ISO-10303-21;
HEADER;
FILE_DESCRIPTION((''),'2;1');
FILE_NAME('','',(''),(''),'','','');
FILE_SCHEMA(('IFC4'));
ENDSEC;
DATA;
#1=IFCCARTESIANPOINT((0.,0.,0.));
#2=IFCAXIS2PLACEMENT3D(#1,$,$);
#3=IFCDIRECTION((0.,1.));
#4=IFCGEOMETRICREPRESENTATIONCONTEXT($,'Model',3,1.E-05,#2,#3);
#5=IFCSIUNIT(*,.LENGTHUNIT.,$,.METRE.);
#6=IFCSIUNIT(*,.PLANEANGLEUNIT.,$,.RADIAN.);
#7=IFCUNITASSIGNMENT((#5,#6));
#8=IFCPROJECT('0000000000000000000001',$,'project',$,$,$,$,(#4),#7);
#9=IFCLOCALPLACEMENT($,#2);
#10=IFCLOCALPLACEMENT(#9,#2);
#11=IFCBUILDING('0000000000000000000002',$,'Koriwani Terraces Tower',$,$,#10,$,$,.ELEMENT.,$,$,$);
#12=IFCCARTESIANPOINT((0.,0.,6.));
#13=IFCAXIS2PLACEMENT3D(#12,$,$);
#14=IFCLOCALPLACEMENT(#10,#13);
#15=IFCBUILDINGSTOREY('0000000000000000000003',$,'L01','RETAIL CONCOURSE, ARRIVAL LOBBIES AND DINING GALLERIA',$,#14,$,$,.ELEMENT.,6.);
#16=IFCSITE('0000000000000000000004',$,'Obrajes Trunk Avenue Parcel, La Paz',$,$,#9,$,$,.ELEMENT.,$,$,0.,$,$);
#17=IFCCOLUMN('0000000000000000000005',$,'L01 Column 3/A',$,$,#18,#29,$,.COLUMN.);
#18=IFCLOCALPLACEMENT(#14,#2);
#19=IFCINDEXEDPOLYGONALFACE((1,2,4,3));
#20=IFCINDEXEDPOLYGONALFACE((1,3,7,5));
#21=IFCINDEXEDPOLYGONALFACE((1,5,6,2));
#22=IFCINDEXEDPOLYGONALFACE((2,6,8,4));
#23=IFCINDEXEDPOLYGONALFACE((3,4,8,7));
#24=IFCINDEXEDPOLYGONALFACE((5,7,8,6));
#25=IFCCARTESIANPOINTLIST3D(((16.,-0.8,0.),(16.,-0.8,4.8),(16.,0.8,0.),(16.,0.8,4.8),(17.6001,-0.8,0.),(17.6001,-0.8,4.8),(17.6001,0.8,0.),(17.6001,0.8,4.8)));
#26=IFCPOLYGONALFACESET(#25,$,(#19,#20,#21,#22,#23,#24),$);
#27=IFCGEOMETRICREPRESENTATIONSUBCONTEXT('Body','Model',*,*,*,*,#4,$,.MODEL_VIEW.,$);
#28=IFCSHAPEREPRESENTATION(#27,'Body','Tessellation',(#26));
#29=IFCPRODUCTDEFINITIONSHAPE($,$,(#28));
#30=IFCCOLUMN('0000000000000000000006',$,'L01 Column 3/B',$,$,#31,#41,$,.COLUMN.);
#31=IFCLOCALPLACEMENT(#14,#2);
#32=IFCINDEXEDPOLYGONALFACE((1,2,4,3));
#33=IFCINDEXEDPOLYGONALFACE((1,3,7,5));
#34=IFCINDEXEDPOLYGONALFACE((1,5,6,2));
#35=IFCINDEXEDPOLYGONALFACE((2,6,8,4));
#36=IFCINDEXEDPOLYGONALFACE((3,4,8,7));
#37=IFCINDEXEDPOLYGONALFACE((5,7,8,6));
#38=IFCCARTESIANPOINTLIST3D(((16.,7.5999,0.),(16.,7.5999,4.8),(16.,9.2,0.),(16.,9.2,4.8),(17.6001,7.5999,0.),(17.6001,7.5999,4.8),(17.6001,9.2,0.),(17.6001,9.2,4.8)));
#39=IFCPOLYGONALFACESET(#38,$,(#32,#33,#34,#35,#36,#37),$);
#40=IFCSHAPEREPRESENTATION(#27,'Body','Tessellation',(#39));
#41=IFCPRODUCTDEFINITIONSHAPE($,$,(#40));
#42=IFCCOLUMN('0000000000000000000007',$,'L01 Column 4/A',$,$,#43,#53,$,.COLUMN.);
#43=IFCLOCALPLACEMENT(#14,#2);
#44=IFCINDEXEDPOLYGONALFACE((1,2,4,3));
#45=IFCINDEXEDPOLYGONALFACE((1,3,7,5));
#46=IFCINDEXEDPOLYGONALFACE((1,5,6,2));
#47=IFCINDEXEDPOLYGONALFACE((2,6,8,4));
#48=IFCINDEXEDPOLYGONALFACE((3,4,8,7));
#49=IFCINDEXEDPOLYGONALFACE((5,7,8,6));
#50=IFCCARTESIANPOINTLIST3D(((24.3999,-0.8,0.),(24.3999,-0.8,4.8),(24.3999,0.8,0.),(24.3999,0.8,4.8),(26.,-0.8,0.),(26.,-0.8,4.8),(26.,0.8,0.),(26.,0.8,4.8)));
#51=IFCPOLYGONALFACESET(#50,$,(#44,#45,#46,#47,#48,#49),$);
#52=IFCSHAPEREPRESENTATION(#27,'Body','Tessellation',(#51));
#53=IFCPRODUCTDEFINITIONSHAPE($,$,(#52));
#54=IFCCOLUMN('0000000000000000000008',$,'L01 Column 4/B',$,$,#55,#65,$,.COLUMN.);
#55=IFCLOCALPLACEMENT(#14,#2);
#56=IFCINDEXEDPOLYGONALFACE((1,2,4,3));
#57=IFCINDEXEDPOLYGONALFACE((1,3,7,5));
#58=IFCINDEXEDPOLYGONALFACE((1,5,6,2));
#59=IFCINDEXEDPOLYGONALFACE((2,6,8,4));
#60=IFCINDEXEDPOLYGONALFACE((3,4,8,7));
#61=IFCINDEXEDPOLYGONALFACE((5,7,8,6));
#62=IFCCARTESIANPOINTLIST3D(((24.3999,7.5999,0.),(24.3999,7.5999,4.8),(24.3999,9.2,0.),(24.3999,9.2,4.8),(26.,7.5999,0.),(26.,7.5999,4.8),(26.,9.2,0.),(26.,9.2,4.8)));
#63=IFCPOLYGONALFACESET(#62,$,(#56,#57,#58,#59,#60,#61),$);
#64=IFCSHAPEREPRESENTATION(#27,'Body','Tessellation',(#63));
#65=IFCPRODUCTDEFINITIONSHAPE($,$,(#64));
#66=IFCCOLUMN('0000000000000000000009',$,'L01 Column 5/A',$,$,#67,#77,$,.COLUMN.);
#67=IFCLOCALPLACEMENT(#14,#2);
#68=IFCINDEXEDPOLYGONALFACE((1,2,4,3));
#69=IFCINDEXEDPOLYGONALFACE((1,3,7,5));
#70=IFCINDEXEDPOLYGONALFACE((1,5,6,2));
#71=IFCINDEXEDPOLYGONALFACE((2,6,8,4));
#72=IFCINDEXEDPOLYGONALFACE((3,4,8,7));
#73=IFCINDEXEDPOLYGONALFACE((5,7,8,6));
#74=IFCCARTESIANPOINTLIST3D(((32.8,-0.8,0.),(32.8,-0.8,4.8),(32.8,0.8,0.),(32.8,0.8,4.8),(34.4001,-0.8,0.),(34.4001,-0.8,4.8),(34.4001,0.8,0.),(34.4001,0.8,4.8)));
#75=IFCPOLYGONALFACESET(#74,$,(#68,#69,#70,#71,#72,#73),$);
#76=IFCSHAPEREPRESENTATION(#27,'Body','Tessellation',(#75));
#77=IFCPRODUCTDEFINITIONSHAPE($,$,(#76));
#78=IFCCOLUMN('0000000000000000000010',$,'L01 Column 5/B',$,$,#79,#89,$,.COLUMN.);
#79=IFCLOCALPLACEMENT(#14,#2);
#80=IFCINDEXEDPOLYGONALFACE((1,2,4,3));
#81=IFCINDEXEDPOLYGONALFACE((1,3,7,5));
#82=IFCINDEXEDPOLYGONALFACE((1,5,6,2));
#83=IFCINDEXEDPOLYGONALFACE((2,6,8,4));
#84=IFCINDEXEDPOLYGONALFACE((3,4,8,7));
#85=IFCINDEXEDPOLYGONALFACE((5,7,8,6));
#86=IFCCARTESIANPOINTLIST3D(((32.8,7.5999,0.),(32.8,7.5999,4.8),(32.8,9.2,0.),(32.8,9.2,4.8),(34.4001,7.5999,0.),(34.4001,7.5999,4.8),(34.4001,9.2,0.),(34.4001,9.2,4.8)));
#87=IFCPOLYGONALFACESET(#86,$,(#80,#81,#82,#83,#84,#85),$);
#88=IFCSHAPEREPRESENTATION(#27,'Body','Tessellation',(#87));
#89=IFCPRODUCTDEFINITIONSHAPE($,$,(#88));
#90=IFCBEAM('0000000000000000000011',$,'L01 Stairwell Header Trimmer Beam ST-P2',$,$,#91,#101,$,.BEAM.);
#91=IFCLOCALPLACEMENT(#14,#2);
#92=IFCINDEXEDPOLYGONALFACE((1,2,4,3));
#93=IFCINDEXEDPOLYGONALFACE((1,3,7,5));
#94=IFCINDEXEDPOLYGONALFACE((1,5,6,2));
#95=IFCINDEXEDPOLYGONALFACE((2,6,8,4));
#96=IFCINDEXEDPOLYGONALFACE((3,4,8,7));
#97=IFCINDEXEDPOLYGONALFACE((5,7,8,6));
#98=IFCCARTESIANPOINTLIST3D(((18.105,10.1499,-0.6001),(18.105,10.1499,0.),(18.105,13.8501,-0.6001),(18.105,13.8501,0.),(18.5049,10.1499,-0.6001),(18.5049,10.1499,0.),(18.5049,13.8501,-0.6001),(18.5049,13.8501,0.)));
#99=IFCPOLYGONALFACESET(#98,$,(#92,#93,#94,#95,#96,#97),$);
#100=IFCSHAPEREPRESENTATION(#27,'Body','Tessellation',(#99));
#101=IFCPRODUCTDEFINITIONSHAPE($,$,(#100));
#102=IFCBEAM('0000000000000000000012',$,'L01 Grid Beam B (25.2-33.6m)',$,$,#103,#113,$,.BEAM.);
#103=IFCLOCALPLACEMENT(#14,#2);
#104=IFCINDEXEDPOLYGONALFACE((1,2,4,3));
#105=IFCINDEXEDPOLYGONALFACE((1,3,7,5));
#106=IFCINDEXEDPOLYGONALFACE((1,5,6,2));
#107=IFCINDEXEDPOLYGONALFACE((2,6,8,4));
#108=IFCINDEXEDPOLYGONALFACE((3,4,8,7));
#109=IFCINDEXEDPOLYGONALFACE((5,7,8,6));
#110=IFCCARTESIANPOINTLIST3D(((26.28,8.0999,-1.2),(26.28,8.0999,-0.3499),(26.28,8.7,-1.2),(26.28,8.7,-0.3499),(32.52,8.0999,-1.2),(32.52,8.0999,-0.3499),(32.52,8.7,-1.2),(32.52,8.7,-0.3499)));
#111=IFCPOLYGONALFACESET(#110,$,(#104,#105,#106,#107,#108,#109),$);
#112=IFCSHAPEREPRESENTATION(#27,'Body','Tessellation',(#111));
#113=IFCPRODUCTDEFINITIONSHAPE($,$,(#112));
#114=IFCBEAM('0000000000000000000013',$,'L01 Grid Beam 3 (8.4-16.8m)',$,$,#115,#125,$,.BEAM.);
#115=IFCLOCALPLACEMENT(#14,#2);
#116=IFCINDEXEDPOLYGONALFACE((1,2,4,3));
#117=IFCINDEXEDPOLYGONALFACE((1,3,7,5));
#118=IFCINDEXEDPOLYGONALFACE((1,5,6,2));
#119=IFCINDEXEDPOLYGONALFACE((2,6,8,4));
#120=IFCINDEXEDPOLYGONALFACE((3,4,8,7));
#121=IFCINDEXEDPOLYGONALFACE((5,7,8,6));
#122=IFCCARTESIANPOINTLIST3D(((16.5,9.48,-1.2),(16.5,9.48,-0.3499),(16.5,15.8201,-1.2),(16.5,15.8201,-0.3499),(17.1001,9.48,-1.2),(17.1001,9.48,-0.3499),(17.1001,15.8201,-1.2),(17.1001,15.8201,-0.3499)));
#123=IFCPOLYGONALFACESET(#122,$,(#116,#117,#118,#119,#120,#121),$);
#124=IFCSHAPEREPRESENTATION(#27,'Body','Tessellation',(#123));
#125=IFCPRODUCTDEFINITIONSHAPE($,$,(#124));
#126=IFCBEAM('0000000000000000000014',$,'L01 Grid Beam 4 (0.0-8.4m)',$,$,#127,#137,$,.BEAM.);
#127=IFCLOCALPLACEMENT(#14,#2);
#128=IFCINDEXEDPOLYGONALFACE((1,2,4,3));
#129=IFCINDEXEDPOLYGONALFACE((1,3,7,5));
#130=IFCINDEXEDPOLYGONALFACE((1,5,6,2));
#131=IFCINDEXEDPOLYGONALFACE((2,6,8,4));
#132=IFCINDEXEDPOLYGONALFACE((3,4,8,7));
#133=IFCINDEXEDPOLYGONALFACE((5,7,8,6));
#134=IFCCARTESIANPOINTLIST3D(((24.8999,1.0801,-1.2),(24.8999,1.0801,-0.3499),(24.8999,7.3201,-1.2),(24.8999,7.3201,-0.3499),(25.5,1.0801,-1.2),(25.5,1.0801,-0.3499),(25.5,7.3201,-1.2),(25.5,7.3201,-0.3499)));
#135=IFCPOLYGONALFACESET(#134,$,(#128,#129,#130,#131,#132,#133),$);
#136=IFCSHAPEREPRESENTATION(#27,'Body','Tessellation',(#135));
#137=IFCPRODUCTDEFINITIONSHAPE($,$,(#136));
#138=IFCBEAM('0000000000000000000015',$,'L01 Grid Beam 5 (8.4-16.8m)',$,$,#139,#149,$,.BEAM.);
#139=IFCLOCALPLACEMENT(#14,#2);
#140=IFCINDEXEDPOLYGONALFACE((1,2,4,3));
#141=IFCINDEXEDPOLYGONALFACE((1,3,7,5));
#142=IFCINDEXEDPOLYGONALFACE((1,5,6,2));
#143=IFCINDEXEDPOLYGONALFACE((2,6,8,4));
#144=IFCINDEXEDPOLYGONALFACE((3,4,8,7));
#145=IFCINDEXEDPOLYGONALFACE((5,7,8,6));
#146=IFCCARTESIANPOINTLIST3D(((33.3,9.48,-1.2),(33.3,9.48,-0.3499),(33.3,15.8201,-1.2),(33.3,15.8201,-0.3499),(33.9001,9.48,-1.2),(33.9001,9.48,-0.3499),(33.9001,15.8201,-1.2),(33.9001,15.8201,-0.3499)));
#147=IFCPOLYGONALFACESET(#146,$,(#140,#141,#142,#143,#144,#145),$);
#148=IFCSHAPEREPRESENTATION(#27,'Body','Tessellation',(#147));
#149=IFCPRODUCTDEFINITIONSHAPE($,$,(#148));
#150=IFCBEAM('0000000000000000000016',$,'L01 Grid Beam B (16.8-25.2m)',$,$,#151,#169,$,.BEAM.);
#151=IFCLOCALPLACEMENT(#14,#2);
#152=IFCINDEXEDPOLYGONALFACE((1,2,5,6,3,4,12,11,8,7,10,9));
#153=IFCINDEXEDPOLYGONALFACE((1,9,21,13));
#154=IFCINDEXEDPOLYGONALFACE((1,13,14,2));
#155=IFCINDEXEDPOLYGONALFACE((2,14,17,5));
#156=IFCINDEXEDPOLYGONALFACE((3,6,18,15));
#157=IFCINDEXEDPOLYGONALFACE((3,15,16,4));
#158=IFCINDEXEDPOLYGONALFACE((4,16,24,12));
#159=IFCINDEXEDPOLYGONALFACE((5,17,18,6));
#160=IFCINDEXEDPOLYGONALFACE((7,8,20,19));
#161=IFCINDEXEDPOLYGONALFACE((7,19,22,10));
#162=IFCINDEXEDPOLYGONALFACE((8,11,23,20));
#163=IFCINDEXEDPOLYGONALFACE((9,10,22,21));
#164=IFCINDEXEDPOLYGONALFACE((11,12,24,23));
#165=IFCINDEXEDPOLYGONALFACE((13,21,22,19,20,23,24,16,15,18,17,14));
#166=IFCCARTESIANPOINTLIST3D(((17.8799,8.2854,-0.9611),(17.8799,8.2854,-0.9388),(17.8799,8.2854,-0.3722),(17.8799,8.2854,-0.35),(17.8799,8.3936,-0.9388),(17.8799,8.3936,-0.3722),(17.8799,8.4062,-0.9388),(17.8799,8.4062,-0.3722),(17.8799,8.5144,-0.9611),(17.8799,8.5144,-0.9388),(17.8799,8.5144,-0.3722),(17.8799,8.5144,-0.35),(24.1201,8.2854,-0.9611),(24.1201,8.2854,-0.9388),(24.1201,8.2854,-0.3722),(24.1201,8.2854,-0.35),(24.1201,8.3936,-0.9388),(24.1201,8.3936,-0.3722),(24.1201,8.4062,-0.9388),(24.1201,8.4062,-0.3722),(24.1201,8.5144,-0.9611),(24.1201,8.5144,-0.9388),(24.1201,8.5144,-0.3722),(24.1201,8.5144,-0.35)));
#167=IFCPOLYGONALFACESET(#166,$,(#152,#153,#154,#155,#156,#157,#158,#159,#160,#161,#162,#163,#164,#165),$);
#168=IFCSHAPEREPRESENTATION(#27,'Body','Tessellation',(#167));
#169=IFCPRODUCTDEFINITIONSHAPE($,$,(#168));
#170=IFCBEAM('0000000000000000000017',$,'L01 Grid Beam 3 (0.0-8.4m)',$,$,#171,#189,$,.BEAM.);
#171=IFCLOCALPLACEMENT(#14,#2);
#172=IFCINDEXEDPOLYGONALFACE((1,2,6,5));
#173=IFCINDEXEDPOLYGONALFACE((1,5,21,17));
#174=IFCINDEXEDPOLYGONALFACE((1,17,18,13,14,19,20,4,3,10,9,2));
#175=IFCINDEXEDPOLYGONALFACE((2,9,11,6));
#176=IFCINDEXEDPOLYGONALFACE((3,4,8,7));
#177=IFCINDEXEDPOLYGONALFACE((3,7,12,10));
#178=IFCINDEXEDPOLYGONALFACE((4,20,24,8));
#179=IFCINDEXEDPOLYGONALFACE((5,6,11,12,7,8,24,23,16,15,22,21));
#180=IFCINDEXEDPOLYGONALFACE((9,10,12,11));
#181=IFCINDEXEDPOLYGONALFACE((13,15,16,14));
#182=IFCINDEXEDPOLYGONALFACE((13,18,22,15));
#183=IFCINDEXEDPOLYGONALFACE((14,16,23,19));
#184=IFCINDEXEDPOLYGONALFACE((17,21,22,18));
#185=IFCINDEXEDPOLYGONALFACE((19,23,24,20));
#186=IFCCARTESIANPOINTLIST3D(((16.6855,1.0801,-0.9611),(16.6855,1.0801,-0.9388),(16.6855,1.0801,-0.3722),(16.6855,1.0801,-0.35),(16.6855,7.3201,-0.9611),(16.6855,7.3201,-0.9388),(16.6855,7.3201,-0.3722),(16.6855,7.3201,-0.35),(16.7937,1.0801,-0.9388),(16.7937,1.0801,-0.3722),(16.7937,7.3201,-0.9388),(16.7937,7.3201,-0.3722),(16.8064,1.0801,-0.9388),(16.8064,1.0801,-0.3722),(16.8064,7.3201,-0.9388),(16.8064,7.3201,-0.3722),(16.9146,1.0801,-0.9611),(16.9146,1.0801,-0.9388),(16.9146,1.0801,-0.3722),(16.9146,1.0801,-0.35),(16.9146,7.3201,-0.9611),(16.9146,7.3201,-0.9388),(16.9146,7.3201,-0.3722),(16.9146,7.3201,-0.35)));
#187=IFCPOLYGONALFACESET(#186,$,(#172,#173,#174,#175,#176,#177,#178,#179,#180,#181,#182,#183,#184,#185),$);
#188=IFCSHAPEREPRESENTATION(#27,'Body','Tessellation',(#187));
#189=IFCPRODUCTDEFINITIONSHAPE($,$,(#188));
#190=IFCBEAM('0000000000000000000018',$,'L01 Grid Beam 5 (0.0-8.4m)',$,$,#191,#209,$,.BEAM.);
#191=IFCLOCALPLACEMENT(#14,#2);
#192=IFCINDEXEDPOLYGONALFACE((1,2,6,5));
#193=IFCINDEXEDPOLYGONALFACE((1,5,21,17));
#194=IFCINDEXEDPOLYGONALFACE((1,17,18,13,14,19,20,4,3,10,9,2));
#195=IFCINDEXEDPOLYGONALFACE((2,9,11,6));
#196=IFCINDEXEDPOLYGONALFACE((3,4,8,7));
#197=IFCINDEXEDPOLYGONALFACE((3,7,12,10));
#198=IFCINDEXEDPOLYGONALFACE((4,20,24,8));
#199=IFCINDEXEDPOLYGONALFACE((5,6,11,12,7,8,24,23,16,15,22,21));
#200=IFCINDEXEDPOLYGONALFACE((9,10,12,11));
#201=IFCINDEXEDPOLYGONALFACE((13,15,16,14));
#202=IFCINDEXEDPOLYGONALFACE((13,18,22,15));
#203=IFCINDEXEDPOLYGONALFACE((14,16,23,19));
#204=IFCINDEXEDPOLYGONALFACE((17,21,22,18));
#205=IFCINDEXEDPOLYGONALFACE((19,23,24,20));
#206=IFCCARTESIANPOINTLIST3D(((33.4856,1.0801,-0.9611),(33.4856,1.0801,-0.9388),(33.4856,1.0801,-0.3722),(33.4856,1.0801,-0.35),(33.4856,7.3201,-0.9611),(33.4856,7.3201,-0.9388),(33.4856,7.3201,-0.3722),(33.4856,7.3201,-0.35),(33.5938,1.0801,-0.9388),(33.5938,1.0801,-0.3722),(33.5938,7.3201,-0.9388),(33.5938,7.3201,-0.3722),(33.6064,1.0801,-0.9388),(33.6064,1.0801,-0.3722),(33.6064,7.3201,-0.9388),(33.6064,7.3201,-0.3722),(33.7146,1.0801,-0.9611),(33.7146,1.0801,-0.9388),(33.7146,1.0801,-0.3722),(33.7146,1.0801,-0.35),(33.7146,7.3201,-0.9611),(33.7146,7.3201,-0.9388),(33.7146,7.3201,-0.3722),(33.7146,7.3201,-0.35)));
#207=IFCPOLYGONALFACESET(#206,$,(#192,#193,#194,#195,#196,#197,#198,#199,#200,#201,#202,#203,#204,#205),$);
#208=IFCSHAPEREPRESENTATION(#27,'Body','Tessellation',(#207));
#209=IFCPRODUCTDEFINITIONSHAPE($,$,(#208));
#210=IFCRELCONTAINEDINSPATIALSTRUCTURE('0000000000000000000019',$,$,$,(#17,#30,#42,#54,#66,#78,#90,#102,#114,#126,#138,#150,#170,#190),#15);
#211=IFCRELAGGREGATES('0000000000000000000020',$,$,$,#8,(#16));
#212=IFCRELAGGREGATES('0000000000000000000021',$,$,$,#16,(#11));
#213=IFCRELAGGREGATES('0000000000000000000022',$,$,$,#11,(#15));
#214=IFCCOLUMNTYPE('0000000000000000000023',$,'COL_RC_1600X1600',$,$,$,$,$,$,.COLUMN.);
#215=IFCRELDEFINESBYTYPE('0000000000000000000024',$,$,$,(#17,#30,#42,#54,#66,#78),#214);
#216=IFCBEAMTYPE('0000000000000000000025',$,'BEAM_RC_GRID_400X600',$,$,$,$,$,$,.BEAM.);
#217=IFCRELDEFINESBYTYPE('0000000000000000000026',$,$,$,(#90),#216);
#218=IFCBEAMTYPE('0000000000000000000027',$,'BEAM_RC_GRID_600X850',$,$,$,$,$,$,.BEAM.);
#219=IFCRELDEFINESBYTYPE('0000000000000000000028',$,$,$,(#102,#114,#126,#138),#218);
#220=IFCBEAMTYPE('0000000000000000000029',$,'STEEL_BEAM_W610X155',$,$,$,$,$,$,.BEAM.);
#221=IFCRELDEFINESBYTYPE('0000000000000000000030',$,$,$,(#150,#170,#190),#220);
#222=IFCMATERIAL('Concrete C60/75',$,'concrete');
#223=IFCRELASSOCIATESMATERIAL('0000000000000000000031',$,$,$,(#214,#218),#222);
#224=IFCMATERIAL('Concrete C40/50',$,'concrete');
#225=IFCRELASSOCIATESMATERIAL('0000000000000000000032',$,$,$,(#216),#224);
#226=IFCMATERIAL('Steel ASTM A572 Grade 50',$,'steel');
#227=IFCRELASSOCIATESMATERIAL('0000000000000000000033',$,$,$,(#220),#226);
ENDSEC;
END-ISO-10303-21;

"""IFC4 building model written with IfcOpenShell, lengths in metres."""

from ifc_helpers import new_model, si_unit, direction, frame, origin, origin_2d, place, context, subcontext, project, spatial, rectangle, i_section, extrude, material, material_profile, profile_set, type_object, element, save


model = new_model("IFC4")

# Units and contexts
model_context = context("Model", 3, precision=1e-05, world=origin(), true_north=direction((0.0, 1.0)))
body_context = subcontext(model_context, "Body", "Model", "MODEL_VIEW")
ifc_project = project(units=[si_unit("LENGTHUNIT", "METRE"), si_unit("PLANEANGLEUNIT", "RADIAN")], contexts=[model_context])

# Site, building, storey
site_placement = place(None, origin())
site = spatial("IfcSite", under=ifc_project, at=site_placement, Name="Obrajes Trunk Avenue Parcel, La Paz", CompositionType="ELEMENT", RefElevation=0.0)
building_placement = place(site_placement, origin())
building = spatial("IfcBuilding", under=site, at=building_placement, Name="Koriwani Terraces Tower", CompositionType="ELEMENT")
storey_placement = place(building_placement, frame((0.0, 0.0, 6.0)))
storey = spatial("IfcBuildingStorey", under=building, at=storey_placement, Name="L01", Description="RETAIL CONCOURSE, ARRIVAL LOBBIES AND DINING GALLERIA", CompositionType="ELEMENT", Elevation=6.0)

# Columns
ifc_material_1 = material(Name="Concrete C60/75", Category="concrete")
ifc_material_profile_1 = material_profile(ifc_material_1, rectangle(XDim=1.6001, YDim=1.6001, at=origin_2d()), Name="Concrete C60/75", Category="LoadBearing")
ifc_profile_set_1 = profile_set([ifc_material_profile_1], Name="Concrete C60/75")
column_type = type_object("IfcColumnType", Name="COL_RC_1600X1600", PredefinedType="COLUMN", material=ifc_profile_set_1)
for number, where, z_axis, x_axis, name in (
    (1, (16.8, 0.0, 0.0), (0.0, 0.0, 1.0), (1.0, 0.0, 0.0), "L01 Column 3/A"),
    (2, (16.8, 8.3999, 0.0), (0.0, 0.0, 1.0), (1.0, 0.0, 0.0), "L01 Column 3/B"),
    (3, (25.2, 0.0, 0.0), (0.0, 0.0, 1.0), (1.0, 0.0, 0.0), "L01 Column 4/A"),
    (4, (25.2, 8.3999, 0.0), (0.0, 0.0, 1.0), (1.0, 0.0, 0.0), "L01 Column 4/B"),
    (5, (33.6001, 0.0, 0.0), (0.0, 0.0, 1.0), (1.0, 0.0, 0.0), "L01 Column 5/A"),
    (6, (33.6001, 8.3999, 0.0), (0.0, 0.0, 1.0), (1.0, 0.0, 0.0), "L01 Column 5/B"),
):
    element("IfcColumn", number, at=place(storey_placement, frame(where, z_axis=z_axis, x_axis=x_axis)), inside=storey, type_object=column_type, Name=name, PredefinedType="COLUMN", context=body_context, shape_type="SweptSolid", body=[
        extrude(rectangle(XDim=1.6001, YDim=1.6001, at=origin_2d()), origin(), (0.0, 0.0, 1.0), 4.8),
    ])

# Beams
ifc_material_2 = material(Name="Concrete C40/50", Category="concrete")
ifc_material_profile_2 = material_profile(ifc_material_2, rectangle(XDim=0.3999, YDim=0.6001, at=origin_2d()), Name="Concrete C40/50", Category="LoadBearing")
ifc_profile_set_2 = profile_set([ifc_material_profile_2], Name="Concrete C40/50")
beam_type_1 = type_object("IfcBeamType", Name="BEAM_RC_GRID_400X600", PredefinedType="BEAM", material=ifc_profile_set_2)
beam_1_placement = place(storey_placement, frame((18.3049, 10.1499, -0.3), z_axis=(0.0, 1.0, 0.0), x_axis=(-1.0, 0.0, 0.0)))
element("IfcBeam", 7, at=beam_1_placement, inside=storey, type_object=beam_type_1, Name="L01 Stairwell Header Trimmer Beam ST-P2", PredefinedType="BEAM", context=body_context, shape_type="SweptSolid", body=[
    extrude(rectangle(XDim=0.3999, YDim=0.6001, at=origin_2d()), origin(), (0.0, 0.0, 1.0), 3.7002),
])
ifc_material_profile_3 = material_profile(ifc_material_1, rectangle(XDim=0.6001, YDim=0.8501, at=origin_2d()), Name="Concrete C60/75", Category="LoadBearing")
ifc_profile_set_3 = profile_set([ifc_material_profile_3], Name="Concrete C60/75")
beam_type_2 = type_object("IfcBeamType", Name="BEAM_RC_GRID_600X850", PredefinedType="BEAM", material=ifc_profile_set_3)
beam_2_placement = place(storey_placement, frame((26.28, 8.3999, -0.7749), z_axis=(1.0, 0.0, 0.0), x_axis=(0.0, 1.0, 0.0)))
element("IfcBeam", 8, at=beam_2_placement, inside=storey, type_object=beam_type_2, Name="L01 Grid Beam B (25.2-33.6m)", PredefinedType="BEAM", context=body_context, shape_type="SweptSolid", body=[
    extrude(rectangle(XDim=0.6001, YDim=0.8501, at=origin_2d()), origin(), (0.0, 0.0, 1.0), 6.24),
])
beam_3_placement = place(storey_placement, frame((16.8, 9.48, -0.7749), z_axis=(0.0, 1.0, 0.0), x_axis=(-1.0, 0.0, 0.0)))
element("IfcBeam", 9, at=beam_3_placement, inside=storey, type_object=beam_type_2, Name="L01 Grid Beam 3 (8.4-16.8m)", PredefinedType="BEAM", context=body_context, shape_type="SweptSolid", body=[
    extrude(rectangle(XDim=0.6001, YDim=0.8501, at=origin_2d()), origin(), (0.0, 0.0, 1.0), 6.3401),
])
beam_4_placement = place(storey_placement, frame((25.2, 1.0801, -0.7749), z_axis=(0.0, 1.0, 0.0), x_axis=(-1.0, 0.0, 0.0)))
element("IfcBeam", 10, at=beam_4_placement, inside=storey, type_object=beam_type_2, Name="L01 Grid Beam 4 (0.0-8.4m)", PredefinedType="BEAM", context=body_context, shape_type="SweptSolid", body=[
    extrude(rectangle(XDim=0.6001, YDim=0.8501, at=origin_2d()), origin(), (0.0, 0.0, 1.0), 6.24),
])
beam_5_placement = place(storey_placement, frame((33.6001, 9.48, -0.7749), z_axis=(0.0, 1.0, 0.0), x_axis=(-1.0, 0.0, 0.0)))
element("IfcBeam", 11, at=beam_5_placement, inside=storey, type_object=beam_type_2, Name="L01 Grid Beam 5 (8.4-16.8m)", PredefinedType="BEAM", context=body_context, shape_type="SweptSolid", body=[
    extrude(rectangle(XDim=0.6001, YDim=0.8501, at=origin_2d()), origin(), (0.0, 0.0, 1.0), 6.3401),
])
ifc_material_3 = material(Name="Steel ASTM A572 Grade 50", Category="steel")
ifc_material_profile_4 = material_profile(ifc_material_3, i_section(OverallWidth=0.229, OverallDepth=0.6111, WebThickness=0.0127, FlangeThickness=0.0222, at=origin_2d()), Name="Steel ASTM A572 Grade 50", Category="LoadBearing")
ifc_profile_set_4 = profile_set([ifc_material_profile_4], Name="Steel ASTM A572 Grade 50")
beam_type_3 = type_object("IfcBeamType", Name="STEEL_BEAM_W610X155", PredefinedType="BEAM", material=ifc_profile_set_4)
beam_6_placement = place(storey_placement, frame((17.8799, 8.3999, -0.6555), z_axis=(1.0, 0.0, 0.0), x_axis=(0.0, 1.0, 0.0)))
element("IfcBeam", 12, at=beam_6_placement, inside=storey, type_object=beam_type_3, Name="L01 Grid Beam B (16.8-25.2m)", PredefinedType="BEAM", context=body_context, shape_type="SweptSolid", body=[
    extrude(i_section(OverallWidth=0.229, OverallDepth=0.6111, WebThickness=0.0127, FlangeThickness=0.0222, at=origin_2d()), origin(), (0.0, 0.0, 1.0), 6.2402),
])
for number, where, z_axis, x_axis, name in (
    (13, (16.8, 1.0801, -0.6555), (0.0, 1.0, 0.0), (-1.0, 0.0, 0.0), "L01 Grid Beam 3 (0.0-8.4m)"),
    (14, (33.6001, 1.0801, -0.6555), (0.0, 1.0, 0.0), (-1.0, 0.0, 0.0), "L01 Grid Beam 5 (0.0-8.4m)"),
):
    element("IfcBeam", number, at=place(storey_placement, frame(where, z_axis=z_axis, x_axis=x_axis)), inside=storey, type_object=beam_type_3, Name=name, PredefinedType="BEAM", context=body_context, shape_type="SweptSolid", body=[
        extrude(i_section(OverallWidth=0.229, OverallDepth=0.6111, WebThickness=0.0127, FlangeThickness=0.0222, at=origin_2d()), origin(), (0.0, 0.0, 1.0), 6.24),
    ])

save(model, "model.ifc")
